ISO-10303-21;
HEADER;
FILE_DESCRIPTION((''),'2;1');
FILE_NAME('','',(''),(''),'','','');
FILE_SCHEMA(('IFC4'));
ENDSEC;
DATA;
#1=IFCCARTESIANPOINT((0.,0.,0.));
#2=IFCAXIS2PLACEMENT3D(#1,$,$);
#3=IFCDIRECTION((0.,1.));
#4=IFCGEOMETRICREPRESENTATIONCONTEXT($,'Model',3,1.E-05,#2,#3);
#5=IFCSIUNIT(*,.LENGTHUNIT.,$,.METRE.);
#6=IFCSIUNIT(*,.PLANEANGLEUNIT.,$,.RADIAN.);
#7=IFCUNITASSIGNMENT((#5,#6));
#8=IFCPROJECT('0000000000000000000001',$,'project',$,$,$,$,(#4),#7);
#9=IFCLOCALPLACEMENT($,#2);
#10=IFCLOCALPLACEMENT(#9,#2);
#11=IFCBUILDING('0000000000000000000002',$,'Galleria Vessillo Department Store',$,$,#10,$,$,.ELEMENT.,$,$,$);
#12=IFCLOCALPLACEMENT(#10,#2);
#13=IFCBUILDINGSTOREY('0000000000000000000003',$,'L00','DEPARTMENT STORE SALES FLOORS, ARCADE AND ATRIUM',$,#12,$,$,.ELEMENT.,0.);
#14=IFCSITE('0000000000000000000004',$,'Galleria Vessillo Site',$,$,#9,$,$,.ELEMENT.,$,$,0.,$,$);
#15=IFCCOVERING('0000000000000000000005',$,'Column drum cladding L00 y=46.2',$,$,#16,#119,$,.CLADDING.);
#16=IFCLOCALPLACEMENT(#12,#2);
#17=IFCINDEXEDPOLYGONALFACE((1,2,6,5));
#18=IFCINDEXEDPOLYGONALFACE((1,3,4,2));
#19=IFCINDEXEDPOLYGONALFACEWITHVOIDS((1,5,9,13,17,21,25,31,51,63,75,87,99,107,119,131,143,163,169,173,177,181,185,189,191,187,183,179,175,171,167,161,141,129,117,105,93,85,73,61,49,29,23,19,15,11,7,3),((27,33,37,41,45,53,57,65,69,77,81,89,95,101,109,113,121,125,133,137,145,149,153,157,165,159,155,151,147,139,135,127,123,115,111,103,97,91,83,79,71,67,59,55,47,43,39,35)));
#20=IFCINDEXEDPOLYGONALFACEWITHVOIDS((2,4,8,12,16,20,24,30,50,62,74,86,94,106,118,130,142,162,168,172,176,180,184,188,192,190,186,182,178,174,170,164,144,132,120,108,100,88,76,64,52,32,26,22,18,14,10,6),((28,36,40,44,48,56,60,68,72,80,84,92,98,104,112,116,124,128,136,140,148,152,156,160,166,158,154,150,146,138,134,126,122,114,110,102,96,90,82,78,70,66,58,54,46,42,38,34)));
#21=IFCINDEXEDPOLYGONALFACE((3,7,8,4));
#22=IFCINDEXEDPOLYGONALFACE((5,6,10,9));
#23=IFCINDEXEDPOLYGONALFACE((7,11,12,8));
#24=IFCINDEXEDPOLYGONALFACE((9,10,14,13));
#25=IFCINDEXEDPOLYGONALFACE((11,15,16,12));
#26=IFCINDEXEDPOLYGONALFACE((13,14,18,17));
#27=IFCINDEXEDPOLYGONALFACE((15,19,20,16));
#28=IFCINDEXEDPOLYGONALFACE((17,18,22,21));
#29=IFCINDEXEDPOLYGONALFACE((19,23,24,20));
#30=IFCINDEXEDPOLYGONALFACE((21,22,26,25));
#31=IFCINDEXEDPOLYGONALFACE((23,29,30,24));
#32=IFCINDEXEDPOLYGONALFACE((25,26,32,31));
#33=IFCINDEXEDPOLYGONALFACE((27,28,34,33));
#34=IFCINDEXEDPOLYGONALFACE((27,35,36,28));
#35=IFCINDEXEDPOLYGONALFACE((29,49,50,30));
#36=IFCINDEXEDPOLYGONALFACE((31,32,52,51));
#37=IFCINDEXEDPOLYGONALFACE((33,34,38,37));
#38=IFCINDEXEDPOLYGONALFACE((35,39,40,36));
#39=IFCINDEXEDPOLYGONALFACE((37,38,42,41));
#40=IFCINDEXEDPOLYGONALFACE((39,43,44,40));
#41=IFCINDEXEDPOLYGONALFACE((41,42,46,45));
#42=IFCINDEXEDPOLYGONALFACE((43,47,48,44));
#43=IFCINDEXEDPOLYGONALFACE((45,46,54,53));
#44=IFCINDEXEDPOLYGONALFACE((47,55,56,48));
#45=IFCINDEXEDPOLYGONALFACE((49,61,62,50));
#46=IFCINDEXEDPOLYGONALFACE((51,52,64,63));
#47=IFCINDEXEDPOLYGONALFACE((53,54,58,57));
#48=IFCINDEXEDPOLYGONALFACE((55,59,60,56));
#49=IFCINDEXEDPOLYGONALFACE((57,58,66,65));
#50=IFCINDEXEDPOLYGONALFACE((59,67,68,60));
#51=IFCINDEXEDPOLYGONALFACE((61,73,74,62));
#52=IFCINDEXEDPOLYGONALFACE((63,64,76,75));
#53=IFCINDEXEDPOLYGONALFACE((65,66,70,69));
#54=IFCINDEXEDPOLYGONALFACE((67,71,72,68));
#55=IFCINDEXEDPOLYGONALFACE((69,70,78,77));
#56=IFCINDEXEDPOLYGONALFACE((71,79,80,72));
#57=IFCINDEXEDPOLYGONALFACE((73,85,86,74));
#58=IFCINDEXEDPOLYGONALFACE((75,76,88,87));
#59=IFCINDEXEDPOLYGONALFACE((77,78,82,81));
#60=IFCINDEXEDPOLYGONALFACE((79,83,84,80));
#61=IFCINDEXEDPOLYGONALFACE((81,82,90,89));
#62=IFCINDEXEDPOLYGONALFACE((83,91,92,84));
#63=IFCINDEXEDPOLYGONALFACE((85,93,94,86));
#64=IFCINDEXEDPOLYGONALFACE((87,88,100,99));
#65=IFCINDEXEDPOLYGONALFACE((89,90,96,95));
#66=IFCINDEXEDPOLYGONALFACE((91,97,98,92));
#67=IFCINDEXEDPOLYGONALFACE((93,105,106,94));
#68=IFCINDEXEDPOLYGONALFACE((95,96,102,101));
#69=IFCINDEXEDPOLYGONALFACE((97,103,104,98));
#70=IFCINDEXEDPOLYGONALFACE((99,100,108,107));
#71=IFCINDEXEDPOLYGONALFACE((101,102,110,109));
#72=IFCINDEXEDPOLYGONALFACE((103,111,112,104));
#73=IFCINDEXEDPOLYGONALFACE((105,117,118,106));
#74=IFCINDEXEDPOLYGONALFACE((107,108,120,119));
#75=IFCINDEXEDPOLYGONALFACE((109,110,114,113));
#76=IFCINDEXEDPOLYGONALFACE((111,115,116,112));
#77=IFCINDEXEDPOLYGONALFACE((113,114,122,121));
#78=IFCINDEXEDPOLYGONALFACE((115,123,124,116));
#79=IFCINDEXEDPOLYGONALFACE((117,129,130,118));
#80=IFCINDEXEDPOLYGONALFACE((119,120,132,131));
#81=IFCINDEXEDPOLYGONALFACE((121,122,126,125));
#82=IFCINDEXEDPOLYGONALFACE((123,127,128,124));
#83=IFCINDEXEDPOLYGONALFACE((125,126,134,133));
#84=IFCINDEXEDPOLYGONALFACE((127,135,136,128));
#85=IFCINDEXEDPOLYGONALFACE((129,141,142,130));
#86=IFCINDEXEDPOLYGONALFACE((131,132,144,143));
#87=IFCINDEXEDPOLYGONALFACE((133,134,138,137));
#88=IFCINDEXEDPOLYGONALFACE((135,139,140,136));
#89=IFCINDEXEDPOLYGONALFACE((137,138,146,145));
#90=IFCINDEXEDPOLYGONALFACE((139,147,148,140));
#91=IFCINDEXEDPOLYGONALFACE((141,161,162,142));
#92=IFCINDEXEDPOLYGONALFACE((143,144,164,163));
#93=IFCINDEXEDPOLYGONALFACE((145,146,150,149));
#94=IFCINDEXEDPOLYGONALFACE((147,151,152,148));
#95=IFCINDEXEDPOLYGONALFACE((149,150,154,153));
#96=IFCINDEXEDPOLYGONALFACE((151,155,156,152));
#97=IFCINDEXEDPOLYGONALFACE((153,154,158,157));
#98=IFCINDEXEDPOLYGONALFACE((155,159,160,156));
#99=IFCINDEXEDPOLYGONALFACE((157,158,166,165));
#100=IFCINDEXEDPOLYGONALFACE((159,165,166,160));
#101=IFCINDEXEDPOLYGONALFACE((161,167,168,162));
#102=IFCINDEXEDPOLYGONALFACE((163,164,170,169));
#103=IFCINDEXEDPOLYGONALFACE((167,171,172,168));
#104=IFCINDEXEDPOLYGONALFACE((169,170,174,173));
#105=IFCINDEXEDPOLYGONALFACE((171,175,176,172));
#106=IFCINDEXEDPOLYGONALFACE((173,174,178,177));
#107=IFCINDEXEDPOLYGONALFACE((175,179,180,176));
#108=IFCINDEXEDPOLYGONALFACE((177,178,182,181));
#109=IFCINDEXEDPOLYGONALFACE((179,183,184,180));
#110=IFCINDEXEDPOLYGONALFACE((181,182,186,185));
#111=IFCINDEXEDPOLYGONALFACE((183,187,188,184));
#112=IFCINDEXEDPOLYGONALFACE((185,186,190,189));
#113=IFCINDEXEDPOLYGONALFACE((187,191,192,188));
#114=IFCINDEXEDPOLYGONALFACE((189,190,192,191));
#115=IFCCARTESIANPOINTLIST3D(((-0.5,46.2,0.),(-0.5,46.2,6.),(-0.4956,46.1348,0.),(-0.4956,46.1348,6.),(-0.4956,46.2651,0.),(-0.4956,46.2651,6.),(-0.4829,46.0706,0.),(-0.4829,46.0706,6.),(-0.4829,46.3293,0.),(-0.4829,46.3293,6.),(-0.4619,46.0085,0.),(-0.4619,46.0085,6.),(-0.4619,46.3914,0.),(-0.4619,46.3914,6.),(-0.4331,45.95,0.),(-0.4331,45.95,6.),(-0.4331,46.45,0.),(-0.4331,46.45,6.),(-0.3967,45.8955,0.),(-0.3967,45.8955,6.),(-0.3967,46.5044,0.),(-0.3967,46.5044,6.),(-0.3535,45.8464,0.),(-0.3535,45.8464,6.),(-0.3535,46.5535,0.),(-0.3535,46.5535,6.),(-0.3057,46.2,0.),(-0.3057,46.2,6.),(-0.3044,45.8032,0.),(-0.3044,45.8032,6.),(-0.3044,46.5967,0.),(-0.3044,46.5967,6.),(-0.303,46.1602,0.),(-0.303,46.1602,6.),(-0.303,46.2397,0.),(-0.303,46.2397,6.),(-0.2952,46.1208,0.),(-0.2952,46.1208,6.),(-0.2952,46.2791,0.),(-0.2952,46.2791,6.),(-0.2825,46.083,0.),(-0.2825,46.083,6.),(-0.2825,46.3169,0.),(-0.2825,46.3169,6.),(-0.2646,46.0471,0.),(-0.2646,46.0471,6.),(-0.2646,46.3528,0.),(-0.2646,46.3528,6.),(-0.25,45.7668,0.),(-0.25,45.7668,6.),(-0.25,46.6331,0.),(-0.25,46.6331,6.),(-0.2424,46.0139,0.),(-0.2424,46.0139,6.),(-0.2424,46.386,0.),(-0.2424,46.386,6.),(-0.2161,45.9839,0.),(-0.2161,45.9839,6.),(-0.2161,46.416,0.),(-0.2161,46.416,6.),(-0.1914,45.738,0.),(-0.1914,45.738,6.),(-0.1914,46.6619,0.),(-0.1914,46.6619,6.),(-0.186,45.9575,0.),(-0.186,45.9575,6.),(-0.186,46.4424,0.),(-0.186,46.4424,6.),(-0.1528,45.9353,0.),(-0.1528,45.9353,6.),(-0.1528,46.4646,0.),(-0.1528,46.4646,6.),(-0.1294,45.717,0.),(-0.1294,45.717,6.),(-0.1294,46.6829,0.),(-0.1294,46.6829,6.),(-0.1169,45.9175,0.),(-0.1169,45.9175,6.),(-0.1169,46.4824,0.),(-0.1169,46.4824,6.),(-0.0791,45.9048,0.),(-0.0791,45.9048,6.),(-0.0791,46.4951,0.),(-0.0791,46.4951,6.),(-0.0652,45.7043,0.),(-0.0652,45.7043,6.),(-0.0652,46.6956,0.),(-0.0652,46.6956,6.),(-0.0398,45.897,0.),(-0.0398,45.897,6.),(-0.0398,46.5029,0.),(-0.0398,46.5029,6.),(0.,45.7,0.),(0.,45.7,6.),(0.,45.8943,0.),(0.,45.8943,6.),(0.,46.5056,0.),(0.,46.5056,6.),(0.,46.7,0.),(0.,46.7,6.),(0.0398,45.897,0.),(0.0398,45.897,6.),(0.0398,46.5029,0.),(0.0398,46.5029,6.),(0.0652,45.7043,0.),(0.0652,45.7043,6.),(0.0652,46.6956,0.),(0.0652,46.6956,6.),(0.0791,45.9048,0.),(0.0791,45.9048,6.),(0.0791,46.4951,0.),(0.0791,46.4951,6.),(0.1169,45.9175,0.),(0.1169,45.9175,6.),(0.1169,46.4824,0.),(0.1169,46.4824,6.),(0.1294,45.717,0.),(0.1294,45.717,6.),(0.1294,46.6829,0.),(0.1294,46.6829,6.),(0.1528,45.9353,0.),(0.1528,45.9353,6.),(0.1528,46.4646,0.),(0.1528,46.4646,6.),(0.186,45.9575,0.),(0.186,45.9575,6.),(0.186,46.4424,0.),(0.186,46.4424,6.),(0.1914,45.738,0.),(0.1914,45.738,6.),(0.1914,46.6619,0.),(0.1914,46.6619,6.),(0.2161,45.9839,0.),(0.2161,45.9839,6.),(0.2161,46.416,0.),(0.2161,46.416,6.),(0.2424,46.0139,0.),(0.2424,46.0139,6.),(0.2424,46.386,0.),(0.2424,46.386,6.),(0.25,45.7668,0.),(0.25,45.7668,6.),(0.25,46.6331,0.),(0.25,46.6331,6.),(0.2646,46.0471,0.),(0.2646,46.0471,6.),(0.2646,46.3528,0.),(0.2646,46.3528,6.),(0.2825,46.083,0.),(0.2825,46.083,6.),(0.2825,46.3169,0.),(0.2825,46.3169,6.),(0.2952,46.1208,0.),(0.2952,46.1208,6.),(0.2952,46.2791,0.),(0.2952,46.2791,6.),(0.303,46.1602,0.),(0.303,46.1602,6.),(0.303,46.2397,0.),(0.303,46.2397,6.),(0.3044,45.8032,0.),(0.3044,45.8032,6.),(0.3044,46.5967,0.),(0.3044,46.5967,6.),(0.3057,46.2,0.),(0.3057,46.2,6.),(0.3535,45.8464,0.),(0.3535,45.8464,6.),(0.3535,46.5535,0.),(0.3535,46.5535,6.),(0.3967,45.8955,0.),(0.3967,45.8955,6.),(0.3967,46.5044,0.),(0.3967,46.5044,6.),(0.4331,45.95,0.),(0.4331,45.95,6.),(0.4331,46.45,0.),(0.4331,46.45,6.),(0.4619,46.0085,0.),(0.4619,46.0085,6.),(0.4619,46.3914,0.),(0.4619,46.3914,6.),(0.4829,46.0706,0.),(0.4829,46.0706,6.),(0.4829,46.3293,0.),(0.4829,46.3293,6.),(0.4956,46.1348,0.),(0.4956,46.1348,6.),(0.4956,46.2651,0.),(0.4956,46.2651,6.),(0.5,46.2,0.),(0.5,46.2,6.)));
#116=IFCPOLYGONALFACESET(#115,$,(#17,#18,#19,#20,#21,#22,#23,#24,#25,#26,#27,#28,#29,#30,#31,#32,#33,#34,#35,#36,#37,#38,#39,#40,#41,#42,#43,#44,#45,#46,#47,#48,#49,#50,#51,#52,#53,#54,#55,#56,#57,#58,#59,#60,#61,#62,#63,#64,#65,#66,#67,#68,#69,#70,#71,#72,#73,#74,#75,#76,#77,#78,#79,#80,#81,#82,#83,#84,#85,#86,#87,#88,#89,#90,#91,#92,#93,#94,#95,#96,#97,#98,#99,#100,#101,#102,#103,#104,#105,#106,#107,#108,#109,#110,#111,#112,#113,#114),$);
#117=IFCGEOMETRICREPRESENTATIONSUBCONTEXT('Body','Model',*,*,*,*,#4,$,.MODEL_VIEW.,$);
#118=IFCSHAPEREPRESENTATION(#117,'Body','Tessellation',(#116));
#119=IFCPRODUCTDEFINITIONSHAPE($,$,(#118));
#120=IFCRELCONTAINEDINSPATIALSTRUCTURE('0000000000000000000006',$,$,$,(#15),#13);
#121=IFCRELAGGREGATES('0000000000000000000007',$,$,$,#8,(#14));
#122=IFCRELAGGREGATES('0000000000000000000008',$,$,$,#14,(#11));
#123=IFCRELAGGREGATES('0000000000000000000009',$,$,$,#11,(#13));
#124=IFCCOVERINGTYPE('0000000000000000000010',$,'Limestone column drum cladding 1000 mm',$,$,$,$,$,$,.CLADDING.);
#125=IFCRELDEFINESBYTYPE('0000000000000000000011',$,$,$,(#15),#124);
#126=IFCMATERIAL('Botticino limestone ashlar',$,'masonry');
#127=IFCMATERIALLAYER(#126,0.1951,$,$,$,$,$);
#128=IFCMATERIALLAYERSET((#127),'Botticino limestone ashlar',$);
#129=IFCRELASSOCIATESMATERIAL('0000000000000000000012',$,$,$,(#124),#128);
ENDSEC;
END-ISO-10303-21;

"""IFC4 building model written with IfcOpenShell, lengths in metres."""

from ifc_helpers import new_model, si_unit, direction, origin, place, context, subcontext, project, spatial, polyline, outline, extrude, material, layer, layer_set, type_object, element, save


model = new_model("IFC4")

# Units and contexts
model_context = context("Model", 3, precision=1e-05, world=origin(), true_north=direction((0.0, 1.0)))
body_context = subcontext(model_context, "Body", "Model", "MODEL_VIEW")
ifc_project = project(units=[si_unit("LENGTHUNIT", "METRE"), si_unit("PLANEANGLEUNIT", "RADIAN")], contexts=[model_context])

# Site, building, storey
site_placement = place(None, origin())
site = spatial("IfcSite", under=ifc_project, at=site_placement, Name="Galleria Vessillo Site", CompositionType="ELEMENT", RefElevation=0.0)
building_placement = place(site_placement, origin())
building = spatial("IfcBuilding", under=site, at=building_placement, Name="Galleria Vessillo Department Store", CompositionType="ELEMENT")
storey_placement = place(building_placement, origin())
storey = spatial("IfcBuildingStorey", under=building, at=storey_placement, Name="L00", Description="DEPARTMENT STORE SALES FLOORS, ARCADE AND ATRIUM", CompositionType="ELEMENT", Elevation=0.0)

# Covering
ifc_material_1 = material(Name="Botticino limestone ashlar", Category="masonry")
ifc_layer_1 = layer(ifc_material_1, 0.1951)
ifc_layer_set_1 = layer_set([ifc_layer_1], Name="Botticino limestone ashlar")
covering_type = type_object("IfcCoveringType", Name="Limestone column drum cladding 1000 mm", PredefinedType="CLADDING", material=ifc_layer_set_1)
covering_1_placement = place(storey_placement, origin())
element("IfcCovering", 1, at=covering_1_placement, inside=storey, type_object=covering_type, Name="Column drum cladding L00 y=46.2", PredefinedType="CLADDING", context=body_context, shape_type="SweptSolid", body=[
    extrude(outline(polyline([(0.5, 46.2), (0.4956, 46.2651), (0.4829, 46.3293), (0.4619, 46.3914), (0.4331, 46.45), (0.3967, 46.5044), (0.3535, 46.5535), (0.3044, 46.5967), (0.25, 46.6331), (0.1914, 46.6619), (0.1294, 46.6829), (0.0652, 46.6956), (0.0, 46.7), (-0.0652, 46.6956), (-0.1294, 46.6829), (-0.1914, 46.6619), (-0.25, 46.6331), (-0.3044, 46.5967), (-0.3535, 46.5535), (-0.3967, 46.5044), (-0.4331, 46.45), (-0.4619, 46.3914), (-0.4829, 46.3293), (-0.4956, 46.2651), (-0.5, 46.2), (-0.4956, 46.1348), (-0.4829, 46.0706), (-0.4619, 46.0085), (-0.4331, 45.95), (-0.3967, 45.8955), (-0.3535, 45.8464), (-0.3044, 45.8032), (-0.25, 45.7668), (-0.1914, 45.738), (-0.1294, 45.717), (-0.0652, 45.7043), (0.0, 45.7), (0.0652, 45.7043), (0.1294, 45.717), (0.1914, 45.738), (0.25, 45.7668), (0.3044, 45.8032), (0.3535, 45.8464), (0.3967, 45.8955), (0.4331, 45.95), (0.4619, 46.0085), (0.4829, 46.0706), (0.4956, 46.1348), (0.5, 46.2)]), holes=[polyline([(0.3057, 46.2), (0.303, 46.2397), (0.2952, 46.2791), (0.2825, 46.3169), (0.2646, 46.3528), (0.2424, 46.386), (0.2161, 46.416), (0.186, 46.4424), (0.1528, 46.4646), (0.1169, 46.4824), (0.0791, 46.4951), (0.0398, 46.5029), (0.0, 46.5056), (-0.0398, 46.5029), (-0.0791, 46.4951), (-0.1169, 46.4824), (-0.1528, 46.4646), (-0.186, 46.4424), (-0.2161, 46.416), (-0.2424, 46.386), (-0.2646, 46.3528), (-0.2825, 46.3169), (-0.2952, 46.2791), (-0.303, 46.2397), (-0.3057, 46.2), (-0.303, 46.1602), (-0.2952, 46.1208), (-0.2825, 46.083), (-0.2646, 46.0471), (-0.2424, 46.0139), (-0.2161, 45.9839), (-0.186, 45.9575), (-0.1528, 45.9353), (-0.1169, 45.9175), (-0.0791, 45.9048), (-0.0398, 45.897), (0.0, 45.8943), (0.0398, 45.897), (0.0791, 45.9048), (0.1169, 45.9175), (0.1528, 45.9353), (0.186, 45.9575), (0.2161, 45.9839), (0.2424, 46.0139), (0.2646, 46.0471), (0.2825, 46.083), (0.2952, 46.1208), (0.303, 46.1602), (0.3057, 46.2)])]), origin(), (0.0, 0.0, 1.0), 6.0),
])

save(model, "model.ifc")
